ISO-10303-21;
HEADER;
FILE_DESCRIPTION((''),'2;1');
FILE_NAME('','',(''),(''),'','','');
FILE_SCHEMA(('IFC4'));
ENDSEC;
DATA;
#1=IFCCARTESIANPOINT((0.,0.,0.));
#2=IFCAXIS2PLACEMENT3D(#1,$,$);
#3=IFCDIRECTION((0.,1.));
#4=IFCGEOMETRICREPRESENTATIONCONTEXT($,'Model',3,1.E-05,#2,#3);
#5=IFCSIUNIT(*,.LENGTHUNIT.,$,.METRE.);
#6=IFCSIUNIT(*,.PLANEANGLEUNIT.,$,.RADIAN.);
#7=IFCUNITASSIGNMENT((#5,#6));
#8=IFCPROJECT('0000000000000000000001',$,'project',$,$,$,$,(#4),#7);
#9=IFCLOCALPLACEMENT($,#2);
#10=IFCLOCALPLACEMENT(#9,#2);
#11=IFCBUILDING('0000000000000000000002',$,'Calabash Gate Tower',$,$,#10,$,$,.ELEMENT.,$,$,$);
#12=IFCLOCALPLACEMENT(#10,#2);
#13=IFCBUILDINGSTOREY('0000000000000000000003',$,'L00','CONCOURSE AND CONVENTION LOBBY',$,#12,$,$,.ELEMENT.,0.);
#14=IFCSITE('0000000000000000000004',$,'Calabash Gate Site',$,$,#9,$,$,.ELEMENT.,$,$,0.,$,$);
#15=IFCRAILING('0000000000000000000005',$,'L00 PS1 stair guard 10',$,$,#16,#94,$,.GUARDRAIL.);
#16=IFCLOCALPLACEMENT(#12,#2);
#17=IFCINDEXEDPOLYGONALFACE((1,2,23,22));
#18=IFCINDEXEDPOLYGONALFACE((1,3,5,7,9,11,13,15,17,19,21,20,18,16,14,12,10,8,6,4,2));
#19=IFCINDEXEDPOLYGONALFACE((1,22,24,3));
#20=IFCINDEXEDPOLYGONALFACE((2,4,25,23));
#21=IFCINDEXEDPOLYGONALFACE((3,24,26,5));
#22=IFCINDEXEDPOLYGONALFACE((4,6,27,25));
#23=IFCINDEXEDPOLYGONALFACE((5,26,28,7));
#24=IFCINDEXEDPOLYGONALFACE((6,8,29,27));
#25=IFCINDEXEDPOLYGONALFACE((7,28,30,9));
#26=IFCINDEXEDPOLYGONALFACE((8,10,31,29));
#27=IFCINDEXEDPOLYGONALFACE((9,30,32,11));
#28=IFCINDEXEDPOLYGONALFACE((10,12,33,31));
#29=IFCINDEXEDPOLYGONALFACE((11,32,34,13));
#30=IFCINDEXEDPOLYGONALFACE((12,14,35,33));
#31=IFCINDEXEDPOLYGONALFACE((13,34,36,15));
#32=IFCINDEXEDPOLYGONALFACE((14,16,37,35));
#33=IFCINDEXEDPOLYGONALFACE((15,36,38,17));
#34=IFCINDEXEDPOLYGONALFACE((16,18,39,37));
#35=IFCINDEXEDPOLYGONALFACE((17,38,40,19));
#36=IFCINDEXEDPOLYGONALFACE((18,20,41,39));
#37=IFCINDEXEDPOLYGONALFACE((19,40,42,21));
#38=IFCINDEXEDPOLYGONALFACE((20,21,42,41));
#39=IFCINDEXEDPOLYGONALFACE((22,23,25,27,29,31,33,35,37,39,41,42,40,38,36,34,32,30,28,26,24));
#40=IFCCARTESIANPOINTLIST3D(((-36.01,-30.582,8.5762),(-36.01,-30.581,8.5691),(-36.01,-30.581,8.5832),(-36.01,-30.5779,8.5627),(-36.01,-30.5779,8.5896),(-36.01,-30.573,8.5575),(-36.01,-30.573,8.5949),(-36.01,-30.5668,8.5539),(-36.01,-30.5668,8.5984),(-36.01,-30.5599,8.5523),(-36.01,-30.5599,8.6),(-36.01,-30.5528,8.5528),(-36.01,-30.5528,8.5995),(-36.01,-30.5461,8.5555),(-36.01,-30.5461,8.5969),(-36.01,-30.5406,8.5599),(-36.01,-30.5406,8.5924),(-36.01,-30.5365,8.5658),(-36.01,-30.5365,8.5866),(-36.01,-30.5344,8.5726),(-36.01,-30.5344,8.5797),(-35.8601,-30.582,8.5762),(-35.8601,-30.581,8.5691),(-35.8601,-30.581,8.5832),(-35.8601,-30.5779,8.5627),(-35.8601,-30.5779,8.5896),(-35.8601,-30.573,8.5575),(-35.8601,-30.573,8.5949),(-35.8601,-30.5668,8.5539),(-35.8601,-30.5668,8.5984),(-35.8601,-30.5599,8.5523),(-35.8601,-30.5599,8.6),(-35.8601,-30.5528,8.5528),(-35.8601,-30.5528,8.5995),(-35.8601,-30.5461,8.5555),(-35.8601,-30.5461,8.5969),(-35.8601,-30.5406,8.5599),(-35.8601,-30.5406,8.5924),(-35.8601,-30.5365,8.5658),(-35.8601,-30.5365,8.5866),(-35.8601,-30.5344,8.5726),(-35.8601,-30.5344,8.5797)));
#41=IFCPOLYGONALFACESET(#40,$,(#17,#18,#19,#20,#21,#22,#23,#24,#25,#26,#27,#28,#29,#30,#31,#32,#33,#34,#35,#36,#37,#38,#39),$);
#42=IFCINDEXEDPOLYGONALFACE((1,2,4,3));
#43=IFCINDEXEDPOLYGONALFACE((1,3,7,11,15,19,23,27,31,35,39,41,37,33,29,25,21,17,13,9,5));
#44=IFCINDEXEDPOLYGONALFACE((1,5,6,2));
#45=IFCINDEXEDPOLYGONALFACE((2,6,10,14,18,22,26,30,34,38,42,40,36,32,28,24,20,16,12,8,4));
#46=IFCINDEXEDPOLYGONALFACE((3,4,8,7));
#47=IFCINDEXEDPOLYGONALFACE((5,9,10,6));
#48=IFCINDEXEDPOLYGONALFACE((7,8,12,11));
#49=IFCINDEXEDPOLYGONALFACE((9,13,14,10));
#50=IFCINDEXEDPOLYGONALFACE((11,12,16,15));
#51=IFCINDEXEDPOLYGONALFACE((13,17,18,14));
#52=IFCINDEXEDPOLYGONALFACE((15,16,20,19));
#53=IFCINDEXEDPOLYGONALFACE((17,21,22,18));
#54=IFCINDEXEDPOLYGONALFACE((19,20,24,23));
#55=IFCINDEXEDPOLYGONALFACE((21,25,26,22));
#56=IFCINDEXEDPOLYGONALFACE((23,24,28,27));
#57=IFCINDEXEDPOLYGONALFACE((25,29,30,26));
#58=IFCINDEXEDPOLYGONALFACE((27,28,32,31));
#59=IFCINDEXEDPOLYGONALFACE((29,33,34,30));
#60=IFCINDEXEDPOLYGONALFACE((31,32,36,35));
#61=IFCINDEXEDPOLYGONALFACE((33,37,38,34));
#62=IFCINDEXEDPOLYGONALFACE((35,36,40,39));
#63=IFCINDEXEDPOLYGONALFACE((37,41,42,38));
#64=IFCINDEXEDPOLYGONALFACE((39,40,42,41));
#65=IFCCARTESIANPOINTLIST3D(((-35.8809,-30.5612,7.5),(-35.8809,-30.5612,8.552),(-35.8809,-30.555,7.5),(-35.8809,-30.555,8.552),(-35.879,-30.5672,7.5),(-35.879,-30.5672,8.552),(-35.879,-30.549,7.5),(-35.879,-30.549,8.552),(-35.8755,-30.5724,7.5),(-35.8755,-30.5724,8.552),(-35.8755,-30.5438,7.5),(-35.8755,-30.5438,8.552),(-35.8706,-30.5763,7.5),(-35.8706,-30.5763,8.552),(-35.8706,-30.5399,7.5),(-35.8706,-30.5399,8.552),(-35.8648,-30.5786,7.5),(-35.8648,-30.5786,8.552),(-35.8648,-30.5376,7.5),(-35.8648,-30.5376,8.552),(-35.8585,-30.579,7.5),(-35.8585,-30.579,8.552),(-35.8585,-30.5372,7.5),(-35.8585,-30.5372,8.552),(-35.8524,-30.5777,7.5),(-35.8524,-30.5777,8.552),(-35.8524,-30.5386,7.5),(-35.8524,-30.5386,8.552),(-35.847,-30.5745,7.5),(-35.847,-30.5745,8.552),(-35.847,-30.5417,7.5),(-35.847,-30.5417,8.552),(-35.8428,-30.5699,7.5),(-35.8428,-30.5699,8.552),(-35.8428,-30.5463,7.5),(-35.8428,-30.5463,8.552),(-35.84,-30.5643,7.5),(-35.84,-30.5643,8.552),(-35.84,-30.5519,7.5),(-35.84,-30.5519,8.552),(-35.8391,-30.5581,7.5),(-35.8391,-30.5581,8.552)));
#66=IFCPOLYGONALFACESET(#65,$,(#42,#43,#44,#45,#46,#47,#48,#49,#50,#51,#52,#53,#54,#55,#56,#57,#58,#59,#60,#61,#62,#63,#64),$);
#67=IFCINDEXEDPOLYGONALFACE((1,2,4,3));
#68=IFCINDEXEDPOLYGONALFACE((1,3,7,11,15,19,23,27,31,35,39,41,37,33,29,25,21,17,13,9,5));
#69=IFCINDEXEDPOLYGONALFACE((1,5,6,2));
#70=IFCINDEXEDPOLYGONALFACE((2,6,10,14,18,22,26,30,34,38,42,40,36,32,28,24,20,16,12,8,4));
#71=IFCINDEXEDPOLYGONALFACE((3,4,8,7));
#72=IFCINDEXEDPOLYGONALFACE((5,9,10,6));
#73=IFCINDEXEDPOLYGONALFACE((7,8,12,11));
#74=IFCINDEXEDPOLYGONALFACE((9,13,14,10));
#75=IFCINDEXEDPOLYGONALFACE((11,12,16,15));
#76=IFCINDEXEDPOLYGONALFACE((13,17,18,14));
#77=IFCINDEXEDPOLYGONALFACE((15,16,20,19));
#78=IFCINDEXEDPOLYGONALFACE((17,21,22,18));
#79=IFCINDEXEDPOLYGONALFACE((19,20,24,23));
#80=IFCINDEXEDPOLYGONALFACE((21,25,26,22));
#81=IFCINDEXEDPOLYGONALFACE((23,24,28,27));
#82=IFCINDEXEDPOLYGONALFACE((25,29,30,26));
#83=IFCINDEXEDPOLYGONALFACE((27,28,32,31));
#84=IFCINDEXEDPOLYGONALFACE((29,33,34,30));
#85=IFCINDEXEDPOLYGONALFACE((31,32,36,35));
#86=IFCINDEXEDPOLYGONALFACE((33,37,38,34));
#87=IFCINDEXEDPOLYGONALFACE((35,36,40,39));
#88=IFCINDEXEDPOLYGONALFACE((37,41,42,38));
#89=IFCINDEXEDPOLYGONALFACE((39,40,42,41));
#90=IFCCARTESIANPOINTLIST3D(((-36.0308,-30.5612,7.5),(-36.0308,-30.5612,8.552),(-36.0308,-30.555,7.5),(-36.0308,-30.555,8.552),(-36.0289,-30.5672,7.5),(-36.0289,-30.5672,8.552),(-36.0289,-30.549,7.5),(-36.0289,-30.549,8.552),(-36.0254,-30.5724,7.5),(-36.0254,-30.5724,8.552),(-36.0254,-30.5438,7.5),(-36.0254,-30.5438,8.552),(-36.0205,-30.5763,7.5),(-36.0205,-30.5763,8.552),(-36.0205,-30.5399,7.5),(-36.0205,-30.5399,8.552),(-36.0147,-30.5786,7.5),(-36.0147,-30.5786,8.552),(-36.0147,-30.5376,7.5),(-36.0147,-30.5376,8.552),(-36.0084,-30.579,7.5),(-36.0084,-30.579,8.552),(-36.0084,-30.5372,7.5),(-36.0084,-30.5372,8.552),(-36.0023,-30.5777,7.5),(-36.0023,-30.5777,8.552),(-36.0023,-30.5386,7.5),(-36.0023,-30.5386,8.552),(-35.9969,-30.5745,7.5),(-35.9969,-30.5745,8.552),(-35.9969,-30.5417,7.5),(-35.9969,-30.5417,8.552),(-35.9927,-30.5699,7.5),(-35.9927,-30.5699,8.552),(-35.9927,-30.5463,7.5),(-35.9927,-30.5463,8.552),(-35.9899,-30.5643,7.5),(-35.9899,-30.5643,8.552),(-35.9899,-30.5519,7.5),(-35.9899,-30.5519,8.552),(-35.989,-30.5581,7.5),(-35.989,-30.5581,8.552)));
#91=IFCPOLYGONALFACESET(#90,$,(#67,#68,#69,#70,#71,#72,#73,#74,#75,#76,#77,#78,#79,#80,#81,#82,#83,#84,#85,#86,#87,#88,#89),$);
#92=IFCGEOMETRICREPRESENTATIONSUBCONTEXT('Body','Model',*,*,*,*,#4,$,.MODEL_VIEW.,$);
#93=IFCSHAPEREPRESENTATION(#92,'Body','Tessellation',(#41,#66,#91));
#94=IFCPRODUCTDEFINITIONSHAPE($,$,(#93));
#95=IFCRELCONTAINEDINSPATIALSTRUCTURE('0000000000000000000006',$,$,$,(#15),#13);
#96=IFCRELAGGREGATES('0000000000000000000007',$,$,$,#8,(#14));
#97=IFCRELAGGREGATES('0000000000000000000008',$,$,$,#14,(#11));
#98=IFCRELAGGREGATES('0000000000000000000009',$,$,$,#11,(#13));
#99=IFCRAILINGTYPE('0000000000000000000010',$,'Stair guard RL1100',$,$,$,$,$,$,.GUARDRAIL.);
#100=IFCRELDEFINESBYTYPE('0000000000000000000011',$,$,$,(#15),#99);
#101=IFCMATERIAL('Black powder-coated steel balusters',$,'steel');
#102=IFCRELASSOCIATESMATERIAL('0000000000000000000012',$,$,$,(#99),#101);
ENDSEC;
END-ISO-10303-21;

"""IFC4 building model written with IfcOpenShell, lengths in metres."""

from ifc_helpers import new_model, si_unit, direction, frame, origin, origin_2d, place, context, subcontext, project, spatial, circle, extrude, material, type_object, element, save


model = new_model("IFC4")

# Units and contexts
model_context = context("Model", 3, precision=1e-05, world=origin(), true_north=direction((0.0, 1.0)))
body_context = subcontext(model_context, "Body", "Model", "MODEL_VIEW")
ifc_project = project(units=[si_unit("LENGTHUNIT", "METRE"), si_unit("PLANEANGLEUNIT", "RADIAN")], contexts=[model_context])

# Site, building, storey
site_placement = place(None, origin())
site = spatial("IfcSite", under=ifc_project, at=site_placement, Name="Calabash Gate Site", CompositionType="ELEMENT", RefElevation=0.0)
building_placement = place(site_placement, origin())
building = spatial("IfcBuilding", under=site, at=building_placement, Name="Calabash Gate Tower", CompositionType="ELEMENT")
storey_placement = place(building_placement, origin())
storey = spatial("IfcBuildingStorey", under=building, at=storey_placement, Name="L00", Description="CONCOURSE AND CONVENTION LOBBY", CompositionType="ELEMENT", Elevation=0.0)

# Railing
ifc_material_1 = material(Name="Black powder-coated steel balusters", Category="steel")
railing_type_1 = type_object("IfcRailingType", Name="Stair guard RL1100", PredefinedType="GUARDRAIL", material=ifc_material_1)
railing_1_placement = place(storey_placement, frame((-35.8601, -30.5581, 7.5)))
element("IfcRailing", 1, at=railing_1_placement, inside=storey, type_object=railing_type_1, Name="L00 PS1 stair guard 10", PredefinedType="GUARDRAIL", context=body_context, shape_type="SweptSolid", body=[
    extrude(circle(Radius=0.0239, at=origin_2d()), frame((0.0, 0.0, 1.0762), z_axis=(-1.0, 0.0, 0.0), x_axis=(0.0, -1.0, 0.0)), (0.0, 0.0, 1.0), 0.1499),
    extrude(circle(Radius=0.021, at=origin_2d()), origin(), (0.0, 0.0, 1.0), 1.052),
    extrude(circle(Radius=0.021, at=origin_2d()), frame((-0.1499, 0.0, 0.0)), (0.0, 0.0, 1.0), 1.052),
])

save(model, "model.ifc")
